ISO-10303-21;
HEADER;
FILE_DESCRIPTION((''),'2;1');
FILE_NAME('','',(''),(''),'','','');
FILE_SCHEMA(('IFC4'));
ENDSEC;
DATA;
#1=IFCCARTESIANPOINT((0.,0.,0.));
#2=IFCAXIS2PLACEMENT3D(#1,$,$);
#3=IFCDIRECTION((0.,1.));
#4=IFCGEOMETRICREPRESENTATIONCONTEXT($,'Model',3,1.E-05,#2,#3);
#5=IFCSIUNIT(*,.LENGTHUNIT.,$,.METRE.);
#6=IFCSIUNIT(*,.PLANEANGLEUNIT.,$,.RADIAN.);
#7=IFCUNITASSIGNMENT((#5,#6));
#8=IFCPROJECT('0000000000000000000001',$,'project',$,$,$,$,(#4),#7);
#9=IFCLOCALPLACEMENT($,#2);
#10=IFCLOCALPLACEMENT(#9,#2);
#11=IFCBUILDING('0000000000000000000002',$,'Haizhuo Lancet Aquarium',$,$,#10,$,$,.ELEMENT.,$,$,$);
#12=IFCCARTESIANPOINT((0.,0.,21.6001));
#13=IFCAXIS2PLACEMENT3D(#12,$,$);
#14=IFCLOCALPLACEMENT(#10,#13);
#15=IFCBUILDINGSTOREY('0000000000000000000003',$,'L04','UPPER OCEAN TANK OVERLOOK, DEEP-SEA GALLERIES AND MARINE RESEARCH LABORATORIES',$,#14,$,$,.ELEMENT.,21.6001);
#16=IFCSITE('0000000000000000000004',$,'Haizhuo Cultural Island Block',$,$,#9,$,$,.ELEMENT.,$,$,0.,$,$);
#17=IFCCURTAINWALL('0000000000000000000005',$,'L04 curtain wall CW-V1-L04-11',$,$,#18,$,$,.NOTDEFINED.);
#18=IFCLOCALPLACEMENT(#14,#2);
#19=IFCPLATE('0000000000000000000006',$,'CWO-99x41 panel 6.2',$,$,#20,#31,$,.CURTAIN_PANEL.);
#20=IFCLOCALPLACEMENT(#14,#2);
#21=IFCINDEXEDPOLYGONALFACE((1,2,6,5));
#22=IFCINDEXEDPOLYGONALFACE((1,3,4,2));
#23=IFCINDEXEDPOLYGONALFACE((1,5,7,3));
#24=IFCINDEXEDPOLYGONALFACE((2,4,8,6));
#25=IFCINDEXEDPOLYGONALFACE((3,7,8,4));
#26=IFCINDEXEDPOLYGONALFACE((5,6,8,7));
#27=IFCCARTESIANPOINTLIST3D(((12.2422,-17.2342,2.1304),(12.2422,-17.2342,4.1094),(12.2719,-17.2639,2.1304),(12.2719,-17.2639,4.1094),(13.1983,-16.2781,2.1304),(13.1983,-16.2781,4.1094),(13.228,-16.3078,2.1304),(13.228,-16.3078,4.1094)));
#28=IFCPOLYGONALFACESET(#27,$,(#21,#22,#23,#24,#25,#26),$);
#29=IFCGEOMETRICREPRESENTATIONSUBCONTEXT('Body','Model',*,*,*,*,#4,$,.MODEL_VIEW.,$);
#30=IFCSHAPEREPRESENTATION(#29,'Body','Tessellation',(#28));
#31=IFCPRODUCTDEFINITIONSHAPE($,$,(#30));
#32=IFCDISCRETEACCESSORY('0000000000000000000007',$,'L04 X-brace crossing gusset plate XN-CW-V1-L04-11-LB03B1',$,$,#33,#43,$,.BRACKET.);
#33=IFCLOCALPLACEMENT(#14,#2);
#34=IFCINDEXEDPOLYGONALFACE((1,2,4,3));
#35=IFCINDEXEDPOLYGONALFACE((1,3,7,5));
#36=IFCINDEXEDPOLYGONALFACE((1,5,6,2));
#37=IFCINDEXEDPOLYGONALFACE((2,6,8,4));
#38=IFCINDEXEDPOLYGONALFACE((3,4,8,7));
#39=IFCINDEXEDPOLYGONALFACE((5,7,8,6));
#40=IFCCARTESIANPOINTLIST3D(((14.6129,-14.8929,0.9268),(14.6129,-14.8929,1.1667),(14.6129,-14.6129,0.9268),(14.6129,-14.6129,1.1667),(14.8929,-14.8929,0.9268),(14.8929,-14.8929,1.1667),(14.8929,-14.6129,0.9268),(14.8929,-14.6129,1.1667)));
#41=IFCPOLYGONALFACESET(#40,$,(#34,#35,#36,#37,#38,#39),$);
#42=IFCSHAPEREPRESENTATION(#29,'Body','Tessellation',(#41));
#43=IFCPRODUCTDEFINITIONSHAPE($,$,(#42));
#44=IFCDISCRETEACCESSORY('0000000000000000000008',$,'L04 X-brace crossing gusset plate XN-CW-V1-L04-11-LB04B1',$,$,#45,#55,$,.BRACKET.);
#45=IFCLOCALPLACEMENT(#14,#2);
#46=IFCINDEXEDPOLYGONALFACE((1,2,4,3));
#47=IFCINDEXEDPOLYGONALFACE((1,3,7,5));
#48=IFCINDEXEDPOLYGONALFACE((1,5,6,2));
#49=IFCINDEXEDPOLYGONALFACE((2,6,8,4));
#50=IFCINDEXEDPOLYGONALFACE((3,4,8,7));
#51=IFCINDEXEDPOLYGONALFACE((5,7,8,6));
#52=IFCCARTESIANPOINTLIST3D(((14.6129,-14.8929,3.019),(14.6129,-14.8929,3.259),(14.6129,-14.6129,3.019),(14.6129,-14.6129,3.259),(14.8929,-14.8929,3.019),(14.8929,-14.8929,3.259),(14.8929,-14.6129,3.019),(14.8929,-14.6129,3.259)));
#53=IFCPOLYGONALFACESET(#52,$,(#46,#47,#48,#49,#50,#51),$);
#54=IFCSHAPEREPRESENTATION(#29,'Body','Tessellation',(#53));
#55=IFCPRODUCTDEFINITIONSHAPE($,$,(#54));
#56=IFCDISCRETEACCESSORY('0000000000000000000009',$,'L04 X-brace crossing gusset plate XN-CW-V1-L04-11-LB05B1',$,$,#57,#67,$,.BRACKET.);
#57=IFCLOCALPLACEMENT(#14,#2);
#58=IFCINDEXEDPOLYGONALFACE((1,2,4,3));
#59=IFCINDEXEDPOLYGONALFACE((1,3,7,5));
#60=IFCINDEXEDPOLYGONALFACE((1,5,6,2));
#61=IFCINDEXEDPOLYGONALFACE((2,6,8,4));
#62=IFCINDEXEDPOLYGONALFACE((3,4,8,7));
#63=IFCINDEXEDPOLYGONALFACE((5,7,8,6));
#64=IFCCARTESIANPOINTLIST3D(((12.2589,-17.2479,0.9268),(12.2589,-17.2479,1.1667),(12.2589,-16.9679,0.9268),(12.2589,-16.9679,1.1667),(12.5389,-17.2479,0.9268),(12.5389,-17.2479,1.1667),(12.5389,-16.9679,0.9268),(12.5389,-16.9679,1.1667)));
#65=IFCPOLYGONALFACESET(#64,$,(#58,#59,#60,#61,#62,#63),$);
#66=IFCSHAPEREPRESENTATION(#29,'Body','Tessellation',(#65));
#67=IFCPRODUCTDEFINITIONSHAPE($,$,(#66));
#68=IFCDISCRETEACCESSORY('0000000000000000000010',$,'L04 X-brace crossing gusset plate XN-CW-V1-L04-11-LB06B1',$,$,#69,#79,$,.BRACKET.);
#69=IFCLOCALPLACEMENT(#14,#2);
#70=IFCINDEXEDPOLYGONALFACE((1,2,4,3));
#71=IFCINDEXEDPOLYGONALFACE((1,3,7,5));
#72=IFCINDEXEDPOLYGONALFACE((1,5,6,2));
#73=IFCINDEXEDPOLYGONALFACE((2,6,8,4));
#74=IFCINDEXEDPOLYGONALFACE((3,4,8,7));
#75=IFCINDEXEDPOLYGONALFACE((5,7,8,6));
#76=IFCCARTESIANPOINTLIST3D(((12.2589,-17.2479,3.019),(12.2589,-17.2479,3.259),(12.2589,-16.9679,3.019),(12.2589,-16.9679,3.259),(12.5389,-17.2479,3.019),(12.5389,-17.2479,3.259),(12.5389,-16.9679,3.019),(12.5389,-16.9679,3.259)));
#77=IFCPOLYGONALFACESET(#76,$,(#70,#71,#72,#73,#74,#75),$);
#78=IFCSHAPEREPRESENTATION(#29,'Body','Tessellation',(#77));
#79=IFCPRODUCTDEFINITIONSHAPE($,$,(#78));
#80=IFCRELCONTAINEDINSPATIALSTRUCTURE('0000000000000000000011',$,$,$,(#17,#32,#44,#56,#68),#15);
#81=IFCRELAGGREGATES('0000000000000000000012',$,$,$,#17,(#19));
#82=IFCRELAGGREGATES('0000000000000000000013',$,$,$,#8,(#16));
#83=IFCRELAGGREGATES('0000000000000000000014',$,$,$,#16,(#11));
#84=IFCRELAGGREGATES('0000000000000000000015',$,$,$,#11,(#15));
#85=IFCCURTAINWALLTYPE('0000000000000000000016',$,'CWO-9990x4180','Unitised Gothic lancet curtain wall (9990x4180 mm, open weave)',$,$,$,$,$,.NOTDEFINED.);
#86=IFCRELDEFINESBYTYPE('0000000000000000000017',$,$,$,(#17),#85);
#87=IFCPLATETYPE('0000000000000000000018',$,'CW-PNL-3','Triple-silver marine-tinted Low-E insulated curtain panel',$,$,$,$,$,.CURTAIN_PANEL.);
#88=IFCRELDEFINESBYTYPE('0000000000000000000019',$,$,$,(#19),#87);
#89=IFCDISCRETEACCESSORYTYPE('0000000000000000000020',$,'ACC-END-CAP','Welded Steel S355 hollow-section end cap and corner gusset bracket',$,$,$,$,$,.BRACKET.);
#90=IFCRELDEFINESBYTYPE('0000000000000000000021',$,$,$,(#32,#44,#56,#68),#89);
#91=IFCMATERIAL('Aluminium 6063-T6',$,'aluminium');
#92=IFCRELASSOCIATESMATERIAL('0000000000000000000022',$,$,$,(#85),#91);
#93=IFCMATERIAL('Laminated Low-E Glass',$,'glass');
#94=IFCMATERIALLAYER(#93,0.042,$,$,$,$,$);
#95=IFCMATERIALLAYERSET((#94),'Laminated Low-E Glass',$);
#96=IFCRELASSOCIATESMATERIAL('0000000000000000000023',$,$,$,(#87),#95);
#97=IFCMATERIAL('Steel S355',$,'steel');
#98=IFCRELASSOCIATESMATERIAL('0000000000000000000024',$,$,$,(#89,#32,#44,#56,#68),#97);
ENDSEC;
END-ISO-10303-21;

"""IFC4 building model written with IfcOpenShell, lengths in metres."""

from ifc_helpers import new_model, si_unit, direction, frame, origin, origin_2d, place, context, subcontext, project, spatial, rectangle, extrude, material, layer, layer_set, type_object, element, aggregate, save


model = new_model("IFC4")

# Units and contexts
model_context = context("Model", 3, precision=1e-05, world=origin(), true_north=direction((0.0, 1.0)))
body_context = subcontext(model_context, "Body", "Model", "MODEL_VIEW")
ifc_project = project(units=[si_unit("LENGTHUNIT", "METRE"), si_unit("PLANEANGLEUNIT", "RADIAN")], contexts=[model_context])

# Site, building, storey
site_placement = place(None, origin())
site = spatial("IfcSite", under=ifc_project, at=site_placement, Name="Haizhuo Cultural Island Block", CompositionType="ELEMENT", RefElevation=0.0)
building_placement = place(site_placement, origin())
building = spatial("IfcBuilding", under=site, at=building_placement, Name="Haizhuo Lancet Aquarium", CompositionType="ELEMENT")
storey_placement = place(building_placement, frame((0.0, 0.0, 21.6001)))
storey = spatial("IfcBuildingStorey", under=building, at=storey_placement, Name="L04", Description="UPPER OCEAN TANK OVERLOOK, DEEP-SEA GALLERIES AND MARINE RESEARCH LABORATORIES", CompositionType="ELEMENT", Elevation=21.6001)

# Curtain wall
ifc_material_1 = material(Name="Aluminium 6063-T6", Category="aluminium")
curtain_wall_type = type_object("IfcCurtainWallType", Name="CWO-9990x4180", Description="Unitised Gothic lancet curtain wall (9990x4180 mm, open weave)", PredefinedType="NOTDEFINED", material=ifc_material_1)
curtain_wall_placement = place(storey_placement, origin())
curtain_wall = element("IfcCurtainWall", 1, at=curtain_wall_placement, inside=storey, type_object=curtain_wall_type, Name="L04 curtain wall CW-V1-L04-11", PredefinedType="NOTDEFINED")

# Shared definitions
ifc_material_2 = material(Name="Steel S355", Category="steel")

# Plate
ifc_material_3 = material(Name="Laminated Low-E Glass", Category="glass")
ifc_layer = layer(ifc_material_3, 0.042)
ifc_layer_set = layer_set([ifc_layer], Name="Laminated Low-E Glass")
plate_type = type_object("IfcPlateType", Name="CW-PNL-3", Description="Triple-silver marine-tinted Low-E insulated curtain panel", PredefinedType="CURTAIN_PANEL", material=ifc_layer_set)
plate_1_placement = place(storey_placement, frame((12.7351, -16.771, 2.1304), z_axis=(0.0, 0.0, 1.0), x_axis=(-0.707107, -0.707107, 0.0)))
plate_1 = element("IfcPlate", 2, at=plate_1_placement, type_object=plate_type, Name="CWO-99x41 panel 6.2", PredefinedType="CURTAIN_PANEL", context=body_context, shape_type="SweptSolid", body=[
    extrude(rectangle(XDim=1.3521, YDim=0.042, at=origin_2d()), origin(), (0.0, 0.0, 1.0), 1.979),
])
aggregate(curtain_wall, [plate_1])

# Discrete accessories
discrete_accessory_type = type_object("IfcDiscreteAccessoryType", Name="ACC-END-CAP", Description="Welded Steel S355 hollow-section end cap and corner gusset bracket", PredefinedType="BRACKET", material=ifc_material_2)
for number, where, z_axis, x_axis, name in (
    (3, (14.7529, -14.7529, 0.9268), (0.0, 0.0, 1.0), (1.0, 0.0, 0.0), "L04 X-brace crossing gusset plate XN-CW-V1-L04-11-LB03B1"),
    (4, (14.7529, -14.7529, 3.019), (0.0, 0.0, 1.0), (1.0, 0.0, 0.0), "L04 X-brace crossing gusset plate XN-CW-V1-L04-11-LB04B1"),
    (5, (12.3989, -17.1079, 0.9268), (0.0, 0.0, 1.0), (1.0, 0.0, 0.0), "L04 X-brace crossing gusset plate XN-CW-V1-L04-11-LB05B1"),
    (6, (12.3989, -17.1079, 3.019), (0.0, 0.0, 1.0), (1.0, 0.0, 0.0), "L04 X-brace crossing gusset plate XN-CW-V1-L04-11-LB06B1"),
):
    element("IfcDiscreteAccessory", number, at=place(storey_placement, frame(where, z_axis=z_axis, x_axis=x_axis)), inside=storey, type_object=discrete_accessory_type, material=ifc_material_2, Name=name, PredefinedType="BRACKET", context=body_context, shape_type="SweptSolid", body=[
        extrude(rectangle(XDim=0.28, YDim=0.28, at=origin_2d()), origin(), (0.0, 0.0, 1.0), 0.24),
    ])

save(model, "model.ifc")
